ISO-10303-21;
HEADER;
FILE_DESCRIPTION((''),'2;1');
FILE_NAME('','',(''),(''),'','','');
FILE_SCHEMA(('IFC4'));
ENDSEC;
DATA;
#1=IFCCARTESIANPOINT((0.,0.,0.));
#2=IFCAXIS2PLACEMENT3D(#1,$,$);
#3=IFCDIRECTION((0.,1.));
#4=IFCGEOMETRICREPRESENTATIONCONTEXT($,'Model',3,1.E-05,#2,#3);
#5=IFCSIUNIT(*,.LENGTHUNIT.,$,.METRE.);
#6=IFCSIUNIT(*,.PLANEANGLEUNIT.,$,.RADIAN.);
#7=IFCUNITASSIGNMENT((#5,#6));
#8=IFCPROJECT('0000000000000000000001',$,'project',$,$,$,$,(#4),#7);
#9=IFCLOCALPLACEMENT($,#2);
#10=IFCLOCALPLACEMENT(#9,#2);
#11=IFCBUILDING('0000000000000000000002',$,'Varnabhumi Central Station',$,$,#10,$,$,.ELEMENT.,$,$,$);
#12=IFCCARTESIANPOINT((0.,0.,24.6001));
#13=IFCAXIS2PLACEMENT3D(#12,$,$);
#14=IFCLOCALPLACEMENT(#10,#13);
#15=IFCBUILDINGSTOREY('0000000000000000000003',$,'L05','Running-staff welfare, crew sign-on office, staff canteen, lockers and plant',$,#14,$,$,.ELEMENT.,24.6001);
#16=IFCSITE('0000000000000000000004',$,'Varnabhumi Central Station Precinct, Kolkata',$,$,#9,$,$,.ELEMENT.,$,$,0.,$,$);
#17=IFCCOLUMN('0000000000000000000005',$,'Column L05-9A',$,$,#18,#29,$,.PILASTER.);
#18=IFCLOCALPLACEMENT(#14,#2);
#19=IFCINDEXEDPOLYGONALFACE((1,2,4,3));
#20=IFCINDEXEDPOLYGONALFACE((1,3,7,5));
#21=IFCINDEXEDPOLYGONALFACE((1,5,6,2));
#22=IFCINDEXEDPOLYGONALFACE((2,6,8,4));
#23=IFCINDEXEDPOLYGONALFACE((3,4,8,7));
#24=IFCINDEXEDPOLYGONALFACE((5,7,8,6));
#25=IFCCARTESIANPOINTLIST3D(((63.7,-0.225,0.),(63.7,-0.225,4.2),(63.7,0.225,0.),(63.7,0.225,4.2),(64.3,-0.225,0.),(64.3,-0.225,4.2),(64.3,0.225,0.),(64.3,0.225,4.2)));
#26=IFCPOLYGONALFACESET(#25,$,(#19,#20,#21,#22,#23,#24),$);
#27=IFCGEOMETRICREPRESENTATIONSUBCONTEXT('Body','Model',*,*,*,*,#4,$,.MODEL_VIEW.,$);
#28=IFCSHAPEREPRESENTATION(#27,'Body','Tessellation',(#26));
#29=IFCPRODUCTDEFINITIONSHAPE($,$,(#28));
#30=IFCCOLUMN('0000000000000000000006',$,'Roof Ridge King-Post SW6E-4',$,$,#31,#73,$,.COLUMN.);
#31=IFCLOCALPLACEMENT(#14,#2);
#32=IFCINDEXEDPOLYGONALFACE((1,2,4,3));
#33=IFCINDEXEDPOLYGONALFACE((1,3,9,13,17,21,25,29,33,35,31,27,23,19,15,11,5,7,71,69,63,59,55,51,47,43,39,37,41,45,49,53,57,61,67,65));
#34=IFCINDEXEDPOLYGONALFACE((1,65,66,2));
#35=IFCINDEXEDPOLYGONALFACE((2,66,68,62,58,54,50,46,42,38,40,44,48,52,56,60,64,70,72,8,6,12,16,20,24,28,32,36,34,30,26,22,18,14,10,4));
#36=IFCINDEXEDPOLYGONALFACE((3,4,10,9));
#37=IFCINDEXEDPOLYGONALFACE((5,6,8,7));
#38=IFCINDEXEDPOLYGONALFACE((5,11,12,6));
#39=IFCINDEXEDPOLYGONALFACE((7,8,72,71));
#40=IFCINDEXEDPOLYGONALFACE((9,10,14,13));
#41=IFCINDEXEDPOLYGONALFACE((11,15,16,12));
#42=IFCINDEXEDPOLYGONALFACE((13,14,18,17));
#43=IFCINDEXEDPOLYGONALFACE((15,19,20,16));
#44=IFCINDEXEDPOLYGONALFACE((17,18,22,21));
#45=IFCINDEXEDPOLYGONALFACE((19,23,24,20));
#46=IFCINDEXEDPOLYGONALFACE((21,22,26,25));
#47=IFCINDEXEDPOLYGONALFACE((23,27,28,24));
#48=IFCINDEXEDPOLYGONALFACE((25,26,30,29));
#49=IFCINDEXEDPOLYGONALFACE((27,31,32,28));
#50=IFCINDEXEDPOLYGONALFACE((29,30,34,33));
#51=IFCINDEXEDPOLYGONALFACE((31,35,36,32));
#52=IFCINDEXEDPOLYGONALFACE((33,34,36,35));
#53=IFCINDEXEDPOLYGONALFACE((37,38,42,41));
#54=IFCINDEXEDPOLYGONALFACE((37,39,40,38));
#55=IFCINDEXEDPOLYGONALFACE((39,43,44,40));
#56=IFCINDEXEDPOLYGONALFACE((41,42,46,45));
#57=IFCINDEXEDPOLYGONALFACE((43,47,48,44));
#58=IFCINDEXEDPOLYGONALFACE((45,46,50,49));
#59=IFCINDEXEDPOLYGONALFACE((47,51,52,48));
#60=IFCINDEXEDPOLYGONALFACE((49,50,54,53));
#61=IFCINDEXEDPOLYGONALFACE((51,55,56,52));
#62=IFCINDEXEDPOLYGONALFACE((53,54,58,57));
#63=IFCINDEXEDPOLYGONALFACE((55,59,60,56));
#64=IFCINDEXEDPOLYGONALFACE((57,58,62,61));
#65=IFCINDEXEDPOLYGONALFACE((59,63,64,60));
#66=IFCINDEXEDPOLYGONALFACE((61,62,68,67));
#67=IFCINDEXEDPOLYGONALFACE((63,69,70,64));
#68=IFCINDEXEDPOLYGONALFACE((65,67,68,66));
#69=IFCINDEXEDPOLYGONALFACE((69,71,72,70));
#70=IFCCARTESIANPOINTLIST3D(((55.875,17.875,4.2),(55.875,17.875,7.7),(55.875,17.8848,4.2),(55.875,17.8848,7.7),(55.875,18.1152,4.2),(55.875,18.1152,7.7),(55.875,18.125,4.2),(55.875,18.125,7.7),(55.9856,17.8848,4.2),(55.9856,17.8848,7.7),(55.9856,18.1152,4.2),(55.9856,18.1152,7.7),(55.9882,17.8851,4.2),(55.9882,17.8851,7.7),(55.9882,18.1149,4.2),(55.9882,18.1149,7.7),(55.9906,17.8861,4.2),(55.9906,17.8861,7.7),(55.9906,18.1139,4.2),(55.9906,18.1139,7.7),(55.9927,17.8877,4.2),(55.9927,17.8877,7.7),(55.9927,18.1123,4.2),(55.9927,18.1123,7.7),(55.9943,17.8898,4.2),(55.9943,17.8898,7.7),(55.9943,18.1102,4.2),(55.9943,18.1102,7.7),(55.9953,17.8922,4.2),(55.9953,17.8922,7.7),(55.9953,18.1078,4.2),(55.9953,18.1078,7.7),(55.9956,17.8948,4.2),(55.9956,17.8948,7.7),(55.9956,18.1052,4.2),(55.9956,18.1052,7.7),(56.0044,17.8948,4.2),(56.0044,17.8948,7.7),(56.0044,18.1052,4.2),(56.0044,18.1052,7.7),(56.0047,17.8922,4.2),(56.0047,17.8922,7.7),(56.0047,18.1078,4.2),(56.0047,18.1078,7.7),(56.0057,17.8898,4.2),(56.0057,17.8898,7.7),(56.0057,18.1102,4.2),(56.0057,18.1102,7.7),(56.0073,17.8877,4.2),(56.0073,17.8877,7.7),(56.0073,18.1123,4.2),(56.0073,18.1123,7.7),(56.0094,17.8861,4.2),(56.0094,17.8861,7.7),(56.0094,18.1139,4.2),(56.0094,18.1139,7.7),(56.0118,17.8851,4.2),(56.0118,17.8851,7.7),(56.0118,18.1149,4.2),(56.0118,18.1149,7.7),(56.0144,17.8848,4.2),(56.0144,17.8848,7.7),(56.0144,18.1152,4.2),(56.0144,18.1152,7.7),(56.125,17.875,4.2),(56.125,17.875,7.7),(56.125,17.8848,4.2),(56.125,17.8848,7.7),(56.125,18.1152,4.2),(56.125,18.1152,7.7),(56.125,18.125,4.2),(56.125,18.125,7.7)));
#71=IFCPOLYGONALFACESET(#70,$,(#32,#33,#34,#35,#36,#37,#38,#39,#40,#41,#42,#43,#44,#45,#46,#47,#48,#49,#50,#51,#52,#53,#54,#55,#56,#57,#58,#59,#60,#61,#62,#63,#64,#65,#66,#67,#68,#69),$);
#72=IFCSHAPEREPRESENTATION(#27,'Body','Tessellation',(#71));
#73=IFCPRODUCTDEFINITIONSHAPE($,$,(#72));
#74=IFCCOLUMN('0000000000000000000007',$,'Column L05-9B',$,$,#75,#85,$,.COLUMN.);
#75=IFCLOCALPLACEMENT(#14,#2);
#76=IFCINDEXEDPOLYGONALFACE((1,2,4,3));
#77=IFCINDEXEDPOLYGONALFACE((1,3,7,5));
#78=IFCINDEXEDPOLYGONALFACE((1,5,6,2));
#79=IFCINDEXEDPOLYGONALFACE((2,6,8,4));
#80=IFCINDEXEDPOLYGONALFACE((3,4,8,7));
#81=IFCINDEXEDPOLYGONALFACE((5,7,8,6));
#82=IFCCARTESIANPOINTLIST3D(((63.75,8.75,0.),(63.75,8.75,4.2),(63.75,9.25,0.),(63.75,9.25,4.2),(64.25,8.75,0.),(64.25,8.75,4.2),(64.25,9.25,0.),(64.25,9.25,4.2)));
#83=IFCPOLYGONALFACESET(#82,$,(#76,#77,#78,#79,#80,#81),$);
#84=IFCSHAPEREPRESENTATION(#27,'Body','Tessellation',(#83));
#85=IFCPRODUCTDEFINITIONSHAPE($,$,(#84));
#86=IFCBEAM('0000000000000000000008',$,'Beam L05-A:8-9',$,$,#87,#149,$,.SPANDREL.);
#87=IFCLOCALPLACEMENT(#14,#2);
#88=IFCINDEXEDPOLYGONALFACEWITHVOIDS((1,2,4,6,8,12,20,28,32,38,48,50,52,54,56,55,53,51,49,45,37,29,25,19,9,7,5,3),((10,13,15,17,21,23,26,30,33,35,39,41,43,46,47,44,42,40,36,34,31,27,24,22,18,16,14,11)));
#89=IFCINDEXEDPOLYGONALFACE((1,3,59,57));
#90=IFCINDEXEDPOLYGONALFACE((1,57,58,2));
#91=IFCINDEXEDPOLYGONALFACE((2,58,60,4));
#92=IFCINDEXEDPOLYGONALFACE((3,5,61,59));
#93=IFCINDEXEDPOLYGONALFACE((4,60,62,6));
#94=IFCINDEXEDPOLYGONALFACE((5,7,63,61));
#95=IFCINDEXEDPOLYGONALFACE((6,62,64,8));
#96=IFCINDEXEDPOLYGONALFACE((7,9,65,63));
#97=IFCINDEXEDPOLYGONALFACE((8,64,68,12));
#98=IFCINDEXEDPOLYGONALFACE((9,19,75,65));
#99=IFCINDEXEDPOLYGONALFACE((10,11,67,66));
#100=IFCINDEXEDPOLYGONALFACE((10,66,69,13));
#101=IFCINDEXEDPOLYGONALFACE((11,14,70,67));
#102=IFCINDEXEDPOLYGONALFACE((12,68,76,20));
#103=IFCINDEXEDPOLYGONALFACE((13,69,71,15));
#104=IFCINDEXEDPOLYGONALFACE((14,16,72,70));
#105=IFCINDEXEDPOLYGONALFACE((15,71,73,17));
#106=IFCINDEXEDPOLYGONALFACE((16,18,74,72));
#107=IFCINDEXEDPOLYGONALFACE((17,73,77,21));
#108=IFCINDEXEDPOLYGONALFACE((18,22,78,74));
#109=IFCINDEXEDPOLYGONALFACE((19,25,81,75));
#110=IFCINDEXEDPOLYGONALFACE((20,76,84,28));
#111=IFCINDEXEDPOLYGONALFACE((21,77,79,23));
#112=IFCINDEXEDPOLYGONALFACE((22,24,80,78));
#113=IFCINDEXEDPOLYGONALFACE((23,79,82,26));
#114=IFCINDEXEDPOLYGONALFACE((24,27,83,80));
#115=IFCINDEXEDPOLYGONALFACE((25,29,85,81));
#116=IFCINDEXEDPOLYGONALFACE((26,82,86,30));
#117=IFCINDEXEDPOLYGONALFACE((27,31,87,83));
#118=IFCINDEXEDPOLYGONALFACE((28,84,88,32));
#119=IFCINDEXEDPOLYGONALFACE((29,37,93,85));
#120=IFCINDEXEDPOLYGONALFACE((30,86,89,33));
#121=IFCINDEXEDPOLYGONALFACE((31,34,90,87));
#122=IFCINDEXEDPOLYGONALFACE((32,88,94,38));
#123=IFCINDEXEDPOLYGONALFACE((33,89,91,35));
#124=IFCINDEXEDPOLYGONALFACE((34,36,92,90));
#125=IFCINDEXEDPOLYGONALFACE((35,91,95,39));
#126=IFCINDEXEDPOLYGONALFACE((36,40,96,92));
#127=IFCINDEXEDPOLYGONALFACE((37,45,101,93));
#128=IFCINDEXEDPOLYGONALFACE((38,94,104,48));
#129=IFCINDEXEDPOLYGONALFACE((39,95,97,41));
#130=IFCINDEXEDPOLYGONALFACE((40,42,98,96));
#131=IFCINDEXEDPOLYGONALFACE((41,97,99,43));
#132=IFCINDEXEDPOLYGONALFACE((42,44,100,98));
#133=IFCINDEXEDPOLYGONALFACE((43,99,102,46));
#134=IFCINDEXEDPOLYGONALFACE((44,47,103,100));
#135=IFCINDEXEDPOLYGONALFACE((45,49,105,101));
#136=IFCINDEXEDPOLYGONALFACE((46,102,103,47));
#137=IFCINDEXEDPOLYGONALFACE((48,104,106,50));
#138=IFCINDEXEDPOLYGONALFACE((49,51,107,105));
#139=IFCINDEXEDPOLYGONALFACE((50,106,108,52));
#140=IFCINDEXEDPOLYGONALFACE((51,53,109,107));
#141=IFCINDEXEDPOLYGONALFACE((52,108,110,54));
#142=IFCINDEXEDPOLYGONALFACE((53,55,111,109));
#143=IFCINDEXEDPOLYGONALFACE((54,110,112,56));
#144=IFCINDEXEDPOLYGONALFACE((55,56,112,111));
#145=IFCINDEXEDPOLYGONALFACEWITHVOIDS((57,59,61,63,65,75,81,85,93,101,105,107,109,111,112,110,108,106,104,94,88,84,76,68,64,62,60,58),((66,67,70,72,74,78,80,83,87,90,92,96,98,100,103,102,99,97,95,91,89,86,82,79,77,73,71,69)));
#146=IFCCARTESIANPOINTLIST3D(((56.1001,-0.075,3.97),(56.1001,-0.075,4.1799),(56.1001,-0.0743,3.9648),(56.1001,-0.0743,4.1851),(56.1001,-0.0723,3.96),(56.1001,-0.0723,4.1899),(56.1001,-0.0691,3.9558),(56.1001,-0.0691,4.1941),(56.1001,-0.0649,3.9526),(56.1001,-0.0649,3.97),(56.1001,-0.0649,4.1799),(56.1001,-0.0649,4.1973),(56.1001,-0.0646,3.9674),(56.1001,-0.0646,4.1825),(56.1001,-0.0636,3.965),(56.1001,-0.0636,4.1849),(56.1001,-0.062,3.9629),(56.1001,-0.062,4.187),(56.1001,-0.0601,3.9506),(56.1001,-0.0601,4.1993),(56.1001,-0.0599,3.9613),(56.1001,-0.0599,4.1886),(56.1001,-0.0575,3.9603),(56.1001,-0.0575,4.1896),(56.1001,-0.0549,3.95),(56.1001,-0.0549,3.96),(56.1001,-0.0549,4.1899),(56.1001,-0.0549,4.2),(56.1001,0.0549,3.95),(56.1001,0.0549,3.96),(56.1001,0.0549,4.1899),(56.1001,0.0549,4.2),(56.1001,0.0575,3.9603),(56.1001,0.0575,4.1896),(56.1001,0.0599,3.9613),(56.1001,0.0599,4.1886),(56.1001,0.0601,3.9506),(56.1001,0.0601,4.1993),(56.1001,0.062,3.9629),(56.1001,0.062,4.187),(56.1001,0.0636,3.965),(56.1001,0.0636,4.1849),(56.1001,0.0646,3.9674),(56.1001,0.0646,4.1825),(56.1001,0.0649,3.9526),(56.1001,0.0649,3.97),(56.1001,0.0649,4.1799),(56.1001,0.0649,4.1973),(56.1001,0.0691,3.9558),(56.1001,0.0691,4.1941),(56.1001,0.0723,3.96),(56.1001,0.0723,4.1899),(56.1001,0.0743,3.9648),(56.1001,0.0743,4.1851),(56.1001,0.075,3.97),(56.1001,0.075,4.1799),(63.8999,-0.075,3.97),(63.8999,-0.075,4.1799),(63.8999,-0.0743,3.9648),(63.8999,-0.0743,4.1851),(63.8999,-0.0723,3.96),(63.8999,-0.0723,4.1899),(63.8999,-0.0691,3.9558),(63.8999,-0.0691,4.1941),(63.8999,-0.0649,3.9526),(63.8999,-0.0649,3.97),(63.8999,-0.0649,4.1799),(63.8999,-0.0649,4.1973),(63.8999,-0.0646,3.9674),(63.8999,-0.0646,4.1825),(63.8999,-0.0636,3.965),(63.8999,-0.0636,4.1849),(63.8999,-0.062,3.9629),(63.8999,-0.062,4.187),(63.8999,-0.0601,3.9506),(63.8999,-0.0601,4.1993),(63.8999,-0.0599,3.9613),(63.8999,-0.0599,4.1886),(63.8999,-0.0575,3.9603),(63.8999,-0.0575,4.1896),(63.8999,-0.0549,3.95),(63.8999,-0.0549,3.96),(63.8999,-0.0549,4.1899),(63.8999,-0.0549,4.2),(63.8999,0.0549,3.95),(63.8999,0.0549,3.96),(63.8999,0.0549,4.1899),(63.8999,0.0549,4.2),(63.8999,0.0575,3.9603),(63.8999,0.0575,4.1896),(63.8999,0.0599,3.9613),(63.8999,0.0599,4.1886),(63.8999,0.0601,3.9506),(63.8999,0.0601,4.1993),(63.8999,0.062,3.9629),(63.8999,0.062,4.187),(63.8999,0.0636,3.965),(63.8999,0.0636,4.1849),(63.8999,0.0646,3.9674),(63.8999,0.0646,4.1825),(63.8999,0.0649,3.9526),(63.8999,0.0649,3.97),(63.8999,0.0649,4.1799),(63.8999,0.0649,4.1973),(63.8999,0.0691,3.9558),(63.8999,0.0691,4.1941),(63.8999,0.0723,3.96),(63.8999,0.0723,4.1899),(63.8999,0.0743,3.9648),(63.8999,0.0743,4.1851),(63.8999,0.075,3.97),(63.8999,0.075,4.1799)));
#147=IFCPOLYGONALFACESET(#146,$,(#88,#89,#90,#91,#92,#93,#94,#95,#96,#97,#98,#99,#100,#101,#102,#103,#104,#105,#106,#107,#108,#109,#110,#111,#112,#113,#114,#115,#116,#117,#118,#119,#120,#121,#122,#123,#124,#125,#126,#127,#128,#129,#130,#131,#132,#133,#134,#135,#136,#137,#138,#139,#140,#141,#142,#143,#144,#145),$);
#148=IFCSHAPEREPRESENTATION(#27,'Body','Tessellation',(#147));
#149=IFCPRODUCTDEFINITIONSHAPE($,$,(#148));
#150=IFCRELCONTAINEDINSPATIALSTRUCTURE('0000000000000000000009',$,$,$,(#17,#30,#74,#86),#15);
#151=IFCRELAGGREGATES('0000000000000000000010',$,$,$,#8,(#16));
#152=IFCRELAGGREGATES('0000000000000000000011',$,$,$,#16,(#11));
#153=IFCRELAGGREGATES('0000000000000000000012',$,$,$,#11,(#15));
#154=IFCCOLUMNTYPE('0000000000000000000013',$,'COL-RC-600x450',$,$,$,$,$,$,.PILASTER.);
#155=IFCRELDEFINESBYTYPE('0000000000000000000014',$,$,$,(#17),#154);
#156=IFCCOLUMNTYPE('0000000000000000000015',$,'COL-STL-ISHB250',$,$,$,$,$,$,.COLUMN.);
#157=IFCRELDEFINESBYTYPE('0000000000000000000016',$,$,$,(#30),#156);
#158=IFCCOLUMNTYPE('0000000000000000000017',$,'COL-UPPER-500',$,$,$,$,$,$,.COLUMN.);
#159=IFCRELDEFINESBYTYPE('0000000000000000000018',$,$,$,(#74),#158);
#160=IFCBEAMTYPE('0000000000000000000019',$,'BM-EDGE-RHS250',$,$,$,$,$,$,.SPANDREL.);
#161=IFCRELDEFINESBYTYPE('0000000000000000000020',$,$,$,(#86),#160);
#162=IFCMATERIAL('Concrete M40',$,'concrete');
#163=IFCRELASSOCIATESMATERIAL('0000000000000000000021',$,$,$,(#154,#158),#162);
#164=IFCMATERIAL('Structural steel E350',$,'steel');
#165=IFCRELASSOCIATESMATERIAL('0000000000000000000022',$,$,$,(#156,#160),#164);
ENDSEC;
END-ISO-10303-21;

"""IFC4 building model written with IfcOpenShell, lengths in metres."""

from ifc_helpers import new_model, si_unit, direction, frame, origin, origin_2d, place, context, subcontext, project, spatial, rectangle, hollow_rectangle, i_section, extrude, material, material_profile, profile_set, type_object, element, save


model = new_model("IFC4")

# Units and contexts
model_context = context("Model", 3, precision=1e-05, world=origin(), true_north=direction((0.0, 1.0)))
body_context = subcontext(model_context, "Body", "Model", "MODEL_VIEW")
ifc_project = project(units=[si_unit("LENGTHUNIT", "METRE"), si_unit("PLANEANGLEUNIT", "RADIAN")], contexts=[model_context])

# Site, building, storey
site_placement = place(None, origin())
site = spatial("IfcSite", under=ifc_project, at=site_placement, Name="Varnabhumi Central Station Precinct, Kolkata", CompositionType="ELEMENT", RefElevation=0.0)
building_placement = place(site_placement, origin())
building = spatial("IfcBuilding", under=site, at=building_placement, Name="Varnabhumi Central Station", CompositionType="ELEMENT")
storey_placement = place(building_placement, frame((0.0, 0.0, 24.6001)))
storey = spatial("IfcBuildingStorey", under=building, at=storey_placement, Name="L05", Description="Running-staff welfare, crew sign-on office, staff canteen, lockers and plant", CompositionType="ELEMENT", Elevation=24.6001)

# Columns
ifc_material_1 = material(Name="Concrete M40", Category="concrete")
ifc_material_profile_1 = material_profile(ifc_material_1, rectangle(XDim=0.6001, YDim=0.45, at=origin_2d()), Name="Concrete M40", Category="concrete")
ifc_profile_set_1 = profile_set([ifc_material_profile_1], Name="Concrete M40")
column_type_1 = type_object("IfcColumnType", Name="COL-RC-600x450", PredefinedType="PILASTER", material=ifc_profile_set_1)
column_1_placement = place(storey_placement, frame((64.0, 0.0, 0.0), z_axis=(0.0, 0.0, 1.0), x_axis=(1.0, 0.0, 0.0)))
element("IfcColumn", 1, at=column_1_placement, inside=storey, type_object=column_type_1, Name="Column L05-9A", PredefinedType="PILASTER", context=body_context, shape_type="SweptSolid", body=[
    extrude(rectangle(XDim=0.6001, YDim=0.45, at=origin_2d()), origin(), (0.0, 0.0, 1.0), 4.2),
])
ifc_material_2 = material(Name="Structural steel E350", Category="steel")
ifc_material_profile_2 = material_profile(ifc_material_2, i_section(OverallWidth=0.25, OverallDepth=0.25, WebThickness=0.0088, FlangeThickness=0.0098, FilletRadius=0.01, at=origin_2d()), Name="Structural steel E350", Category="steel")
ifc_profile_set_2 = profile_set([ifc_material_profile_2], Name="Structural steel E350")
column_type_2 = type_object("IfcColumnType", Name="COL-STL-ISHB250", PredefinedType="COLUMN", material=ifc_profile_set_2)
column_2_placement = place(storey_placement, frame((56.0, 18.0, 4.2), z_axis=(0.0, 0.0, 1.0), x_axis=(1.0, 0.0, 0.0)))
element("IfcColumn", 2, at=column_2_placement, inside=storey, type_object=column_type_2, Name="Roof Ridge King-Post SW6E-4", PredefinedType="COLUMN", context=body_context, shape_type="SweptSolid", body=[
    extrude(i_section(OverallWidth=0.25, OverallDepth=0.25, WebThickness=0.0088, FlangeThickness=0.0098, FilletRadius=0.01, at=origin_2d()), origin(), (0.0, 0.0, 1.0), 3.5),
])
ifc_material_profile_3 = material_profile(ifc_material_1, rectangle(XDim=0.5, YDim=0.5, at=origin_2d()), Name="Concrete M40", Category="concrete")
ifc_profile_set_3 = profile_set([ifc_material_profile_3], Name="Concrete M40")
column_type_3 = type_object("IfcColumnType", Name="COL-UPPER-500", PredefinedType="COLUMN", material=ifc_profile_set_3)
column_3_placement = place(storey_placement, frame((64.0, 9.0, 0.0), z_axis=(0.0, 0.0, 1.0), x_axis=(1.0, 0.0, 0.0)))
element("IfcColumn", 3, at=column_3_placement, inside=storey, type_object=column_type_3, Name="Column L05-9B", PredefinedType="COLUMN", context=body_context, shape_type="SweptSolid", body=[
    extrude(rectangle(XDim=0.5, YDim=0.5, at=origin_2d()), origin(), (0.0, 0.0, 1.0), 4.2),
])

# Beam
ifc_material_profile_4 = material_profile(ifc_material_2, hollow_rectangle(XDim=0.1499, YDim=0.25, WallThickness=0.01, InnerFilletRadius=0.01, OuterFilletRadius=0.02, at=origin_2d()), Name="Structural steel E350", Category="steel")
ifc_profile_set_4 = profile_set([ifc_material_profile_4], Name="Structural steel E350")
beam_type_1 = type_object("IfcBeamType", Name="BM-EDGE-RHS250", PredefinedType="SPANDREL", material=ifc_profile_set_4)
for number, where, z_axis, x_axis, name in (
    (4, (56.1001, 0.0, 4.075), (1.0, 0.0, 0.0), (0.0, 1.0, 0.0), "Beam L05-A:8-9"),
):
    element("IfcBeam", number, at=place(storey_placement, frame(where, z_axis=z_axis, x_axis=x_axis)), inside=storey, type_object=beam_type_1, Name=name, PredefinedType="SPANDREL", context=body_context, shape_type="SweptSolid", body=[
        extrude(hollow_rectangle(XDim=0.1499, YDim=0.25, WallThickness=0.01, InnerFilletRadius=0.01, OuterFilletRadius=0.02, at=origin_2d()), origin(), (0.0, 0.0, 1.0), 7.7998),
    ])

save(model, "model.ifc")
